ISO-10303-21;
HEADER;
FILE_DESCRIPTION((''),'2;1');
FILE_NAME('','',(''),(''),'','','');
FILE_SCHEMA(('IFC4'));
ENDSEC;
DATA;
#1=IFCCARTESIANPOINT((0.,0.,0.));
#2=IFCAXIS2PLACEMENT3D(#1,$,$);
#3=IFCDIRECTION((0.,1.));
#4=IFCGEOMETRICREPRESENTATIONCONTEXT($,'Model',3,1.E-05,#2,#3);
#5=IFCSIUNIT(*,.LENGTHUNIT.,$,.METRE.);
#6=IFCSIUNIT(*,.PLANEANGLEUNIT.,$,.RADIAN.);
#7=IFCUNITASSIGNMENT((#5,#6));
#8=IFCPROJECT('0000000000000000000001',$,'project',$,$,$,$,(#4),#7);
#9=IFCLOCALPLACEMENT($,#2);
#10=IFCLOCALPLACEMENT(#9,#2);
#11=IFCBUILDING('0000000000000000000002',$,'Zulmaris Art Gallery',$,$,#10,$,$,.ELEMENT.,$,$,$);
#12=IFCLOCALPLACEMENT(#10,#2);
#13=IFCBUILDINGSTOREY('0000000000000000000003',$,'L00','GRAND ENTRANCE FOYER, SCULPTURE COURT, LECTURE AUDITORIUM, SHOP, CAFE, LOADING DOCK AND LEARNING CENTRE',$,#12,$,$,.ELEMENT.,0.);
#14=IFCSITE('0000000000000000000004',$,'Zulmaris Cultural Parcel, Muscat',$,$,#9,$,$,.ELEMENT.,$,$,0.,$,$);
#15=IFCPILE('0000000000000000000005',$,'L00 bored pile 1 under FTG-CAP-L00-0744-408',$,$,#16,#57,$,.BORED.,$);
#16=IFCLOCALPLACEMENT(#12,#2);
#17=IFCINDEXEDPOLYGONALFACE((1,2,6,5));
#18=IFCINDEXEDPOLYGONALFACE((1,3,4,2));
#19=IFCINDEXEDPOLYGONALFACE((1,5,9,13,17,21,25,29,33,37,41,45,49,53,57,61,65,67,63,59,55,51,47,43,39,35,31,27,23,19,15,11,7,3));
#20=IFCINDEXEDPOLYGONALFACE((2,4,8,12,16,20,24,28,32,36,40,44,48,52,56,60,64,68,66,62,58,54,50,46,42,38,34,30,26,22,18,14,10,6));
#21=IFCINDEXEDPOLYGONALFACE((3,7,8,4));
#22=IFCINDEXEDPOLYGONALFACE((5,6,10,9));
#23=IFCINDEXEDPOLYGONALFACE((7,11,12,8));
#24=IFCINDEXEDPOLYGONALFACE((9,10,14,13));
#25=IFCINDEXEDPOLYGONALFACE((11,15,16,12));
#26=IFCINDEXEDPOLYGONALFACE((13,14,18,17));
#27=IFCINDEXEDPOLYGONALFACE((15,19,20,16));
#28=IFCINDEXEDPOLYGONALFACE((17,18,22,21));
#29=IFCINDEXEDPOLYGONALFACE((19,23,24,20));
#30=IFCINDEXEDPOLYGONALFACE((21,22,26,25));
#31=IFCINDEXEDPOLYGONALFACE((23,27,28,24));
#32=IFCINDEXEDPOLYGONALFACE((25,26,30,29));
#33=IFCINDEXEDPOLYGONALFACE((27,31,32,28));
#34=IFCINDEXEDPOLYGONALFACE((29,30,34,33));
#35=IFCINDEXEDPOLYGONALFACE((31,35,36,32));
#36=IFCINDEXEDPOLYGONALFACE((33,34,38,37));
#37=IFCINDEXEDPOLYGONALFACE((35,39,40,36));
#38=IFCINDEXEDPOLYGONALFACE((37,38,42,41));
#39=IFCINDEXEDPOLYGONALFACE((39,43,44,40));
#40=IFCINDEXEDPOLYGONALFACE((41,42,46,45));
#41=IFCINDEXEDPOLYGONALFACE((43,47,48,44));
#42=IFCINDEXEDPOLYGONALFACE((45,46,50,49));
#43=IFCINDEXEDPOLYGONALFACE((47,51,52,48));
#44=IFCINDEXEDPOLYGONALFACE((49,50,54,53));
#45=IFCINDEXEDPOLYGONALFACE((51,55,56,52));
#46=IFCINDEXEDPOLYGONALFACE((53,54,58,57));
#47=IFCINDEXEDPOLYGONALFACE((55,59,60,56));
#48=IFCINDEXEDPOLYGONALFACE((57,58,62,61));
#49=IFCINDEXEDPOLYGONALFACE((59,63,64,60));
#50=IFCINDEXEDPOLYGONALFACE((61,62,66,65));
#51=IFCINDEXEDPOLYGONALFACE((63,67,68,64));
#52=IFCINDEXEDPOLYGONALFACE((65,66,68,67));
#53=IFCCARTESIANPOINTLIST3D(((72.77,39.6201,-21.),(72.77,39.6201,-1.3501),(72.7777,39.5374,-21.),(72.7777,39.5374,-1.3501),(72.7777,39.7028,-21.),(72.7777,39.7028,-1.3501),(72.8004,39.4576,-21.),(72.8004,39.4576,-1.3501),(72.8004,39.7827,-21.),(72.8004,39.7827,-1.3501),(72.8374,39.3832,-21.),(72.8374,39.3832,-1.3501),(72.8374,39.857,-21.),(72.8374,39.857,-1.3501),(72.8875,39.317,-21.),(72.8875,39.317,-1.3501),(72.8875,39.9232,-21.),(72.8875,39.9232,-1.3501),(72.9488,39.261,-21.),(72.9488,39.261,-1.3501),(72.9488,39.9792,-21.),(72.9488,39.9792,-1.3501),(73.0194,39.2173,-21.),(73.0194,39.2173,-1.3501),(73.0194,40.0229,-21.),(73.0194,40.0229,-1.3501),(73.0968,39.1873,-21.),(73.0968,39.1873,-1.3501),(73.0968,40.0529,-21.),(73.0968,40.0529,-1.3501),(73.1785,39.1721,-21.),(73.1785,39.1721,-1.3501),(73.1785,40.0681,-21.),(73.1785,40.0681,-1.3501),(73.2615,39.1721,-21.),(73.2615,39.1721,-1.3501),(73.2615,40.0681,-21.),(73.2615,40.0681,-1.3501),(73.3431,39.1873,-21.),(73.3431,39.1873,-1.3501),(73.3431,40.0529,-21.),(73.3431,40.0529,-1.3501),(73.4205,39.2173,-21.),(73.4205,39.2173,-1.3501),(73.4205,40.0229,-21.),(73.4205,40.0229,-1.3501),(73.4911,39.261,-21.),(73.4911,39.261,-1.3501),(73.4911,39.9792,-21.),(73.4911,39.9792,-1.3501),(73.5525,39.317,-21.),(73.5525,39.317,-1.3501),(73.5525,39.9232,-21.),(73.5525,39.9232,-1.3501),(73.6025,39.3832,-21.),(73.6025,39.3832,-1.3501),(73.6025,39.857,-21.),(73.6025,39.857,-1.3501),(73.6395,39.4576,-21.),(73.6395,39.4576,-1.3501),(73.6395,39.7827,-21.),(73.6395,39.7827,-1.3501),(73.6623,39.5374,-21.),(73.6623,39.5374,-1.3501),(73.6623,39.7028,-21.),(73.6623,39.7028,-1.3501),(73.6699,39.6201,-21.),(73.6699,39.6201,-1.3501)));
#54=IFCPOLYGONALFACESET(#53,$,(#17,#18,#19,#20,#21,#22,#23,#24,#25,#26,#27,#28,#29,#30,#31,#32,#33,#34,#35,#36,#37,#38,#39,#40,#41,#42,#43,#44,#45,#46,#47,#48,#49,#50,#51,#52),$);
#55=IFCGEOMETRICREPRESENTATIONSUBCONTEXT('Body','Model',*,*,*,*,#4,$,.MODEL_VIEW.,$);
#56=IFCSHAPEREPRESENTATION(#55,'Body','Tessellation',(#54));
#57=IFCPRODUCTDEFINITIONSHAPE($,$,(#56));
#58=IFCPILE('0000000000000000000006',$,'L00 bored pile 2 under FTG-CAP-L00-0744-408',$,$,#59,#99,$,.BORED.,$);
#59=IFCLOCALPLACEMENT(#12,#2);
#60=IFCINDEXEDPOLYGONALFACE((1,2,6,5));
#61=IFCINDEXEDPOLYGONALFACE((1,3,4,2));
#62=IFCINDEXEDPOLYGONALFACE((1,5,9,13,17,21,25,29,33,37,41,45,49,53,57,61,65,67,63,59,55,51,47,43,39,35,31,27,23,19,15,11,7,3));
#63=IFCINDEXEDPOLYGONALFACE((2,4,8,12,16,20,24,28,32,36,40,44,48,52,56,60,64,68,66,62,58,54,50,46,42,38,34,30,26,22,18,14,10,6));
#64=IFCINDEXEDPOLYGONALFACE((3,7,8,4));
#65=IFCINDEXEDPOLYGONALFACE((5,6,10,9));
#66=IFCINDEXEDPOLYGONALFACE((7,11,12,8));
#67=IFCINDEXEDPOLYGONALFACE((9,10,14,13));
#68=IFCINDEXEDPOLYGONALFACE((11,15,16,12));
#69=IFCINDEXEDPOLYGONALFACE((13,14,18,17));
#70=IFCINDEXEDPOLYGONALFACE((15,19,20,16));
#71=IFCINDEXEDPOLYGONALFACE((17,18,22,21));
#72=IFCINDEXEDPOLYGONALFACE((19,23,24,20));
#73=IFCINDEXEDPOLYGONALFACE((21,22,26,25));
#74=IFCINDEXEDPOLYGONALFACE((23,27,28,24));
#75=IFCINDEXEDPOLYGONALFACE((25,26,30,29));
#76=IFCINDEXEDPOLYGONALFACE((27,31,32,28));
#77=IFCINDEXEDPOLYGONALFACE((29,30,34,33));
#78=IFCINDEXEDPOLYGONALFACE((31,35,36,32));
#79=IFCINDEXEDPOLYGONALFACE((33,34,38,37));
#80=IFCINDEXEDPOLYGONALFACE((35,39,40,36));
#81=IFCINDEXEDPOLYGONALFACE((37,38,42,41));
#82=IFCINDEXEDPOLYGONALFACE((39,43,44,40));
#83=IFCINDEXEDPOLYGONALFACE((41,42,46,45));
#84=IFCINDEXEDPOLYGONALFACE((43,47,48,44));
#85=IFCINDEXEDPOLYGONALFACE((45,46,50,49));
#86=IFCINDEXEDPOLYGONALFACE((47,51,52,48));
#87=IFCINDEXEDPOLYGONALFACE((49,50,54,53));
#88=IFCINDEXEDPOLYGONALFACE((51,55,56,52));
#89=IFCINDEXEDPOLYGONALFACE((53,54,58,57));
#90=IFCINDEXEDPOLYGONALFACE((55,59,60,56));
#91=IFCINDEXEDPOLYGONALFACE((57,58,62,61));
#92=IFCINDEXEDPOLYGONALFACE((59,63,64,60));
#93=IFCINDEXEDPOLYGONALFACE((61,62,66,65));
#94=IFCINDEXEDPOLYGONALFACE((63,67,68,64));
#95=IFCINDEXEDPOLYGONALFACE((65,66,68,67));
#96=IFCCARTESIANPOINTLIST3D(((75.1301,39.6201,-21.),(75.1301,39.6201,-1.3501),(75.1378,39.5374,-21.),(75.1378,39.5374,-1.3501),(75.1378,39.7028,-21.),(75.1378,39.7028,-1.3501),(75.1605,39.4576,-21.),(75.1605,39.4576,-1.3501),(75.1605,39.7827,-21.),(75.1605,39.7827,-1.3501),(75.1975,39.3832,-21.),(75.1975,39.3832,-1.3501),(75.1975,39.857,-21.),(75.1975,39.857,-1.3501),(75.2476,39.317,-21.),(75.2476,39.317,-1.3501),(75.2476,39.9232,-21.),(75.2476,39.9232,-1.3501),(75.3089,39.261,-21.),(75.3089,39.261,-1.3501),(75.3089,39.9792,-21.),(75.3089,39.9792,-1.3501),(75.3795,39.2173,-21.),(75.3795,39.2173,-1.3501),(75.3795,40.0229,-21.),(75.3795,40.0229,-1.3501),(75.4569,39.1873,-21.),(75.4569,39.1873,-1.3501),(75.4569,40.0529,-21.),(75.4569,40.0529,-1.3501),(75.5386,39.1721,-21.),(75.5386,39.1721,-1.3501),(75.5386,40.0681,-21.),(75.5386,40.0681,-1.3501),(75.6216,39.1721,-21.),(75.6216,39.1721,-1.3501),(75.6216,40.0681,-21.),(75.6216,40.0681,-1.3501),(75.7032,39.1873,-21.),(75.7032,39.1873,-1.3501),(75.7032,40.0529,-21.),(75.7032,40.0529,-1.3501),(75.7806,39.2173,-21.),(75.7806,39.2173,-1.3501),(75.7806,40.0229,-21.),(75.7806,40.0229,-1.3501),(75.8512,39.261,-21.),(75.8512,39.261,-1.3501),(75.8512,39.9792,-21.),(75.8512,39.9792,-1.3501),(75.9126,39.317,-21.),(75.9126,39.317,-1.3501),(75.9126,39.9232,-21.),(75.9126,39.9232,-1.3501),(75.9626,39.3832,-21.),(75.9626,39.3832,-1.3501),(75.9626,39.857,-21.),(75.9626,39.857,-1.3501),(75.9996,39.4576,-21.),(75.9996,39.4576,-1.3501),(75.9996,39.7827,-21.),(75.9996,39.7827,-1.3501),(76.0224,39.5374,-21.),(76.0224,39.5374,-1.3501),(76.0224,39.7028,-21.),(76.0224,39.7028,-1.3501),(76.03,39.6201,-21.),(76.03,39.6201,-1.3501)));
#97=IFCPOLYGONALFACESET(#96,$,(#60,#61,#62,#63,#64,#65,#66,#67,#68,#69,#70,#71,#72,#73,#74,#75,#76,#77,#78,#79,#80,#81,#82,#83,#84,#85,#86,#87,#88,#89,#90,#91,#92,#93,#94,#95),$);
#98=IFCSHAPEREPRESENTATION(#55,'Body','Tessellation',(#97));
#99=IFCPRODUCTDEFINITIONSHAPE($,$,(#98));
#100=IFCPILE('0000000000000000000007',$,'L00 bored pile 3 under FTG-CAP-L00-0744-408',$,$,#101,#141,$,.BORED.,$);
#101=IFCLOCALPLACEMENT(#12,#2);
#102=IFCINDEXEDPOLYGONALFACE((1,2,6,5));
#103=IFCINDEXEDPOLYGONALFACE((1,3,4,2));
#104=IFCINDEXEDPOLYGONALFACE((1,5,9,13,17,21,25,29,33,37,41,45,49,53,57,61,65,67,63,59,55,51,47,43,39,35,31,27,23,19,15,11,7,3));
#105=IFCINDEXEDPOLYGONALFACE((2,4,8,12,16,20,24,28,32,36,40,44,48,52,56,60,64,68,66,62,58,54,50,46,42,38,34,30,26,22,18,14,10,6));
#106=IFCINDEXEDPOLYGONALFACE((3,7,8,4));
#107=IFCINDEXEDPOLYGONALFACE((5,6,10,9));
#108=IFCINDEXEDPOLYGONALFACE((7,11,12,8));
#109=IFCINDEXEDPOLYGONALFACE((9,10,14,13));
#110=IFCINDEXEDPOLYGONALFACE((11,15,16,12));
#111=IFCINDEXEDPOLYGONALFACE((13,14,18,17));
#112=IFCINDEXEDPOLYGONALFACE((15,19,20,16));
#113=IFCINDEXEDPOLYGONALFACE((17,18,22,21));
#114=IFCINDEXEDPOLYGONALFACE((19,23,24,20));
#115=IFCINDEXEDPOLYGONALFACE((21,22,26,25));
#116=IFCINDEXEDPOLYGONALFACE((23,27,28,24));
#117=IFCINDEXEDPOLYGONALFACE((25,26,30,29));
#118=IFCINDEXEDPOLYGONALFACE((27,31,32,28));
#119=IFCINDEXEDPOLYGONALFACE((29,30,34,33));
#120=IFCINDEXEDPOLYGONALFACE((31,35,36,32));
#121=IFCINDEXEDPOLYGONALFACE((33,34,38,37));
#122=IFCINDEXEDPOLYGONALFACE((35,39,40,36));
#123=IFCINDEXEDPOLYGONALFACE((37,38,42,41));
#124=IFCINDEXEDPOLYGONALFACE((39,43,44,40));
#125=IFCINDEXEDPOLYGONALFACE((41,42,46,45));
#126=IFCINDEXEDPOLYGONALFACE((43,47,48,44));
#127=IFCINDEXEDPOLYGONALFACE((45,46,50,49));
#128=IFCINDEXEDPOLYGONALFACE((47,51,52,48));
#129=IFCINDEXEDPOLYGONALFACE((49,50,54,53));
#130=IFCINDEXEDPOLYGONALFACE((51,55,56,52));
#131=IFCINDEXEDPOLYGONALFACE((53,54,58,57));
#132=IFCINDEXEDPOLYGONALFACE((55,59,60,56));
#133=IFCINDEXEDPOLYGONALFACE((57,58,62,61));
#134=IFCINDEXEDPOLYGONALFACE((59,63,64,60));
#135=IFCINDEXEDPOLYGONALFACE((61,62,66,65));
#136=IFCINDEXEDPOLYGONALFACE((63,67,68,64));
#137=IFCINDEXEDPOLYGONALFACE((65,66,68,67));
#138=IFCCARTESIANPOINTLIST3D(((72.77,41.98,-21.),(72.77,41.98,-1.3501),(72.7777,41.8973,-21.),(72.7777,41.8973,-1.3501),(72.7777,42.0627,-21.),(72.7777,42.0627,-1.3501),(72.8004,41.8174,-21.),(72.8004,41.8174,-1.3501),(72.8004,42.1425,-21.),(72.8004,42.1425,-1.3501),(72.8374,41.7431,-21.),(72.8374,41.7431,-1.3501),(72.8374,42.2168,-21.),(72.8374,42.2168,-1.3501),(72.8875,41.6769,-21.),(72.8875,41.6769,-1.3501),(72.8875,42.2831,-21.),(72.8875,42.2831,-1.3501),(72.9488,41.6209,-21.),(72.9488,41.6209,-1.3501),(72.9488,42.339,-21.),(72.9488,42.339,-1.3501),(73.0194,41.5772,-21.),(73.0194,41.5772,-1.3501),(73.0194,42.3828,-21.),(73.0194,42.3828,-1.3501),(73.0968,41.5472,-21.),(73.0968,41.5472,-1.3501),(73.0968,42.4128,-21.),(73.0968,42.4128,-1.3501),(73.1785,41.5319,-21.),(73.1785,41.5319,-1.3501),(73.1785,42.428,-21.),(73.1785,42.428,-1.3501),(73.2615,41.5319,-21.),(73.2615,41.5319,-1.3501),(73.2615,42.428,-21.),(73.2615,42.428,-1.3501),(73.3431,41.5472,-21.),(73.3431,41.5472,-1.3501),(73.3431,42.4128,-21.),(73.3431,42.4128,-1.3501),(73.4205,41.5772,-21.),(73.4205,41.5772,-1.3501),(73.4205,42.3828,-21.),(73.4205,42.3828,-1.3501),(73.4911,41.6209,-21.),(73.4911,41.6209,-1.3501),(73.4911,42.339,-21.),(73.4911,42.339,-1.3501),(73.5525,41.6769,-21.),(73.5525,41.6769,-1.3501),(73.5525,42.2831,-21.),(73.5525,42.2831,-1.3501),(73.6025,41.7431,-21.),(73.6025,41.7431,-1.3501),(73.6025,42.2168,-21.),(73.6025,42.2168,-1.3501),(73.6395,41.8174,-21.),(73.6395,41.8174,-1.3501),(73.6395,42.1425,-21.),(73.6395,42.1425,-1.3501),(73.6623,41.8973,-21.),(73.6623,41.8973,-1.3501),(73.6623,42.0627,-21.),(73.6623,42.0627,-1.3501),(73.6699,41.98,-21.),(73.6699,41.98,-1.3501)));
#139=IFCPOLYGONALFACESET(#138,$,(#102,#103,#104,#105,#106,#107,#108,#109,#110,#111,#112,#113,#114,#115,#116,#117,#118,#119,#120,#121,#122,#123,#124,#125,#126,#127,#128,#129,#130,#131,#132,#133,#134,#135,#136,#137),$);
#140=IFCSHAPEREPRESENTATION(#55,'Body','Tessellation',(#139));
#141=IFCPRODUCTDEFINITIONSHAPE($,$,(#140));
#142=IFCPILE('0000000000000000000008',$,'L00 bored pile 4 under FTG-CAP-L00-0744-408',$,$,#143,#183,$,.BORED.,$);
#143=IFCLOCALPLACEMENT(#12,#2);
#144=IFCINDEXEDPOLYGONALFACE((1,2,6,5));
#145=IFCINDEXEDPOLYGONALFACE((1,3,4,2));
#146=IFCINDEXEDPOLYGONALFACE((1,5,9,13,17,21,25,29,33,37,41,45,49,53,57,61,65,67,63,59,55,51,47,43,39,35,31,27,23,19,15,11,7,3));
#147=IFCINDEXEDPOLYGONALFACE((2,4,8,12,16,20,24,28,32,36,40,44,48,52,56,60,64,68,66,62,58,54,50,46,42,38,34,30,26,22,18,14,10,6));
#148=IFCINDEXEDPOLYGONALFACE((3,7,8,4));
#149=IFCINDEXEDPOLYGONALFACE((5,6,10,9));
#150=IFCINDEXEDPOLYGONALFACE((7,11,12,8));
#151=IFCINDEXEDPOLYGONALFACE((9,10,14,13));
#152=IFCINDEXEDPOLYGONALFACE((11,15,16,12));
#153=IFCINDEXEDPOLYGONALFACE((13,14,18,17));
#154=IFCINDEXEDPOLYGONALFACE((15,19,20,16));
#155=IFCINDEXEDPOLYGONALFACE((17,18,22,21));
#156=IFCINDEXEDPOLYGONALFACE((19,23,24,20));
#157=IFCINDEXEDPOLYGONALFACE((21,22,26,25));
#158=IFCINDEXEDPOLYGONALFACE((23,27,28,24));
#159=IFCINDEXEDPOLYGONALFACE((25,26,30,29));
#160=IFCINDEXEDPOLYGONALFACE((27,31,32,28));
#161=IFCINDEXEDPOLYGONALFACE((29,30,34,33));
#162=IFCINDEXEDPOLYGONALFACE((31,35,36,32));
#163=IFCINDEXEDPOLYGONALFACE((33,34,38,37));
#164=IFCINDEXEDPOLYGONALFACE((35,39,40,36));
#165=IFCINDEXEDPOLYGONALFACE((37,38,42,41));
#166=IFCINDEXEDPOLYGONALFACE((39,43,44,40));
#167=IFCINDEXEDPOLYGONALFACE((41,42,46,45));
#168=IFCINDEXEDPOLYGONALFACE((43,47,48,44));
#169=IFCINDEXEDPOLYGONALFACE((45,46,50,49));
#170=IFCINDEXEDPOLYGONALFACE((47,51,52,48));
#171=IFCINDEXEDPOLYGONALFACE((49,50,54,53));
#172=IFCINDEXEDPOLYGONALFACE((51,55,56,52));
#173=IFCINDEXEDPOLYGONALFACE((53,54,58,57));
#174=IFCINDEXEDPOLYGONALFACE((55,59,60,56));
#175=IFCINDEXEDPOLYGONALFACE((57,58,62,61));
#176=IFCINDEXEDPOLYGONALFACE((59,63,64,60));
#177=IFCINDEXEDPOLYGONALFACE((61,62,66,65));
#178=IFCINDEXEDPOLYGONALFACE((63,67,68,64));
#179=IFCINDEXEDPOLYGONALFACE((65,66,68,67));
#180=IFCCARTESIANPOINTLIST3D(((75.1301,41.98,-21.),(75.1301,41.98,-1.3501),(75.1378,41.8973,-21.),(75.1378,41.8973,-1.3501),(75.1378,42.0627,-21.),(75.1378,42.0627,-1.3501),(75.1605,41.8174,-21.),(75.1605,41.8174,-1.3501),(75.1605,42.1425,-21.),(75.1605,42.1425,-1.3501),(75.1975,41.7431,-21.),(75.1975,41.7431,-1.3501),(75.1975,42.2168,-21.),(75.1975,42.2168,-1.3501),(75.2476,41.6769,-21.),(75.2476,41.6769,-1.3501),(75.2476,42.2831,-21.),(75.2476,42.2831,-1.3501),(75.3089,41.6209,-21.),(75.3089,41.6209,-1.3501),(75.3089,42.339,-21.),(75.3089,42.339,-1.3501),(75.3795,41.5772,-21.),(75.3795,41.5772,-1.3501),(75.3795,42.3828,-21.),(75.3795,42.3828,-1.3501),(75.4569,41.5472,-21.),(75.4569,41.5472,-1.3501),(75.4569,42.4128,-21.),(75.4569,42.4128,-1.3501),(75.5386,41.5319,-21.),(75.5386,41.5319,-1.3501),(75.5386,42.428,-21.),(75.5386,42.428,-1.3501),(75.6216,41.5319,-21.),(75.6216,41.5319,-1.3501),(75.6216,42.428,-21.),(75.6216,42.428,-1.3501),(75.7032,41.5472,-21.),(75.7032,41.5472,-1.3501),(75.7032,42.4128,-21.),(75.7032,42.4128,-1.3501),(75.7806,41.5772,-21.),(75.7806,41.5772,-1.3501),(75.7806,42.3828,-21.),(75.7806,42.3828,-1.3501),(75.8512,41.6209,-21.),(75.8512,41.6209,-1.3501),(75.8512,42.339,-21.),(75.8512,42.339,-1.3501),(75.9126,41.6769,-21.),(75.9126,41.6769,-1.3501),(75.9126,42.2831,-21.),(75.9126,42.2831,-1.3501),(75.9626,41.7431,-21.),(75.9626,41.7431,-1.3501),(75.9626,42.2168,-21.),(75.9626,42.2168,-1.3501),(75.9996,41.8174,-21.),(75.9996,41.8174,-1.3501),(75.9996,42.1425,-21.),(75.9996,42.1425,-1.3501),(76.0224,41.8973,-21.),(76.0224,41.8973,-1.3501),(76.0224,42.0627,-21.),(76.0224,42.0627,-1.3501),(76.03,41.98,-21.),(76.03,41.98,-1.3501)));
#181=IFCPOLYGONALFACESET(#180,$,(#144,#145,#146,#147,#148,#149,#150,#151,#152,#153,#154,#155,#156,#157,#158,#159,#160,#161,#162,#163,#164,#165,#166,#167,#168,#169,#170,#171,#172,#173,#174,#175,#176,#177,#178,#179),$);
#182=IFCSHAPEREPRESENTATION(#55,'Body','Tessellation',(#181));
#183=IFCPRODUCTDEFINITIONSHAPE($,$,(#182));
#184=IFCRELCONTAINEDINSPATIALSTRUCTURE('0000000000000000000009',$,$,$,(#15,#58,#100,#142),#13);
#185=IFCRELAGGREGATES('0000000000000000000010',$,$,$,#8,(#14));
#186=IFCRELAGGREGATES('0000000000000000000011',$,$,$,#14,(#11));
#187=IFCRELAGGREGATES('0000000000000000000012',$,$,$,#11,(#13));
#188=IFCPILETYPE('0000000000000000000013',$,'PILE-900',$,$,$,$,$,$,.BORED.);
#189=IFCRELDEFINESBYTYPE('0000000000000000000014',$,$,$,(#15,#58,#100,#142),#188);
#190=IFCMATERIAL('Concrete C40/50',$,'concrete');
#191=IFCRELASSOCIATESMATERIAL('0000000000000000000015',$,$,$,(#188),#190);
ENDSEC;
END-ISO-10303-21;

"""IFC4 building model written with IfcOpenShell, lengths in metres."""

from ifc_helpers import new_model, si_unit, direction, frame, origin, origin_2d, place, context, subcontext, project, spatial, circle, extrude, material, material_profile, profile_set, type_object, element, save


model = new_model("IFC4")

# Units and contexts
model_context = context("Model", 3, precision=1e-05, world=origin(), true_north=direction((0.0, 1.0)))
body_context = subcontext(model_context, "Body", "Model", "MODEL_VIEW")
ifc_project = project(units=[si_unit("LENGTHUNIT", "METRE"), si_unit("PLANEANGLEUNIT", "RADIAN")], contexts=[model_context])

# Site, building, storey
site_placement = place(None, origin())
site = spatial("IfcSite", under=ifc_project, at=site_placement, Name="Zulmaris Cultural Parcel, Muscat", CompositionType="ELEMENT", RefElevation=0.0)
building_placement = place(site_placement, origin())
building = spatial("IfcBuilding", under=site, at=building_placement, Name="Zulmaris Art Gallery", CompositionType="ELEMENT")
storey_placement = place(building_placement, origin())
storey = spatial("IfcBuildingStorey", under=building, at=storey_placement, Name="L00", Description="GRAND ENTRANCE FOYER, SCULPTURE COURT, LECTURE AUDITORIUM, SHOP, CAFE, LOADING DOCK AND LEARNING CENTRE", CompositionType="ELEMENT", Elevation=0.0)

# Piles
ifc_material_1 = material(Name="Concrete C40/50", Category="concrete")
ifc_material_profile_1 = material_profile(ifc_material_1, circle(Radius=0.45, at=origin_2d()), Name="PILE DIA 900")
ifc_profile_set_1 = profile_set([ifc_material_profile_1], Name="Concrete C40/50")
pile_type_1 = type_object("IfcPileType", Name="PILE-900", PredefinedType="BORED", material=ifc_profile_set_1)
for number, where, z_axis, x_axis, name in (
    (1, (73.22, 39.6201, -1.3501), (0.0, 0.0, -1.0), (1.0, 0.0, 0.0), "L00 bored pile 1 under FTG-CAP-L00-0744-408"),
    (2, (75.5801, 39.6201, -1.3501), (0.0, 0.0, -1.0), (1.0, 0.0, 0.0), "L00 bored pile 2 under FTG-CAP-L00-0744-408"),
    (3, (73.22, 41.98, -1.3501), (0.0, 0.0, -1.0), (1.0, 0.0, 0.0), "L00 bored pile 3 under FTG-CAP-L00-0744-408"),
    (4, (75.5801, 41.98, -1.3501), (0.0, 0.0, -1.0), (1.0, 0.0, 0.0), "L00 bored pile 4 under FTG-CAP-L00-0744-408"),
):
    element("IfcPile", number, at=place(storey_placement, frame(where, z_axis=z_axis, x_axis=x_axis)), inside=storey, type_object=pile_type_1, Name=name, PredefinedType="BORED", context=body_context, shape_type="SweptSolid", body=[
        extrude(circle(Radius=0.45, at=origin_2d()), origin(), (0.0, 0.0, 1.0), 19.6499),
    ])

save(model, "model.ifc")
